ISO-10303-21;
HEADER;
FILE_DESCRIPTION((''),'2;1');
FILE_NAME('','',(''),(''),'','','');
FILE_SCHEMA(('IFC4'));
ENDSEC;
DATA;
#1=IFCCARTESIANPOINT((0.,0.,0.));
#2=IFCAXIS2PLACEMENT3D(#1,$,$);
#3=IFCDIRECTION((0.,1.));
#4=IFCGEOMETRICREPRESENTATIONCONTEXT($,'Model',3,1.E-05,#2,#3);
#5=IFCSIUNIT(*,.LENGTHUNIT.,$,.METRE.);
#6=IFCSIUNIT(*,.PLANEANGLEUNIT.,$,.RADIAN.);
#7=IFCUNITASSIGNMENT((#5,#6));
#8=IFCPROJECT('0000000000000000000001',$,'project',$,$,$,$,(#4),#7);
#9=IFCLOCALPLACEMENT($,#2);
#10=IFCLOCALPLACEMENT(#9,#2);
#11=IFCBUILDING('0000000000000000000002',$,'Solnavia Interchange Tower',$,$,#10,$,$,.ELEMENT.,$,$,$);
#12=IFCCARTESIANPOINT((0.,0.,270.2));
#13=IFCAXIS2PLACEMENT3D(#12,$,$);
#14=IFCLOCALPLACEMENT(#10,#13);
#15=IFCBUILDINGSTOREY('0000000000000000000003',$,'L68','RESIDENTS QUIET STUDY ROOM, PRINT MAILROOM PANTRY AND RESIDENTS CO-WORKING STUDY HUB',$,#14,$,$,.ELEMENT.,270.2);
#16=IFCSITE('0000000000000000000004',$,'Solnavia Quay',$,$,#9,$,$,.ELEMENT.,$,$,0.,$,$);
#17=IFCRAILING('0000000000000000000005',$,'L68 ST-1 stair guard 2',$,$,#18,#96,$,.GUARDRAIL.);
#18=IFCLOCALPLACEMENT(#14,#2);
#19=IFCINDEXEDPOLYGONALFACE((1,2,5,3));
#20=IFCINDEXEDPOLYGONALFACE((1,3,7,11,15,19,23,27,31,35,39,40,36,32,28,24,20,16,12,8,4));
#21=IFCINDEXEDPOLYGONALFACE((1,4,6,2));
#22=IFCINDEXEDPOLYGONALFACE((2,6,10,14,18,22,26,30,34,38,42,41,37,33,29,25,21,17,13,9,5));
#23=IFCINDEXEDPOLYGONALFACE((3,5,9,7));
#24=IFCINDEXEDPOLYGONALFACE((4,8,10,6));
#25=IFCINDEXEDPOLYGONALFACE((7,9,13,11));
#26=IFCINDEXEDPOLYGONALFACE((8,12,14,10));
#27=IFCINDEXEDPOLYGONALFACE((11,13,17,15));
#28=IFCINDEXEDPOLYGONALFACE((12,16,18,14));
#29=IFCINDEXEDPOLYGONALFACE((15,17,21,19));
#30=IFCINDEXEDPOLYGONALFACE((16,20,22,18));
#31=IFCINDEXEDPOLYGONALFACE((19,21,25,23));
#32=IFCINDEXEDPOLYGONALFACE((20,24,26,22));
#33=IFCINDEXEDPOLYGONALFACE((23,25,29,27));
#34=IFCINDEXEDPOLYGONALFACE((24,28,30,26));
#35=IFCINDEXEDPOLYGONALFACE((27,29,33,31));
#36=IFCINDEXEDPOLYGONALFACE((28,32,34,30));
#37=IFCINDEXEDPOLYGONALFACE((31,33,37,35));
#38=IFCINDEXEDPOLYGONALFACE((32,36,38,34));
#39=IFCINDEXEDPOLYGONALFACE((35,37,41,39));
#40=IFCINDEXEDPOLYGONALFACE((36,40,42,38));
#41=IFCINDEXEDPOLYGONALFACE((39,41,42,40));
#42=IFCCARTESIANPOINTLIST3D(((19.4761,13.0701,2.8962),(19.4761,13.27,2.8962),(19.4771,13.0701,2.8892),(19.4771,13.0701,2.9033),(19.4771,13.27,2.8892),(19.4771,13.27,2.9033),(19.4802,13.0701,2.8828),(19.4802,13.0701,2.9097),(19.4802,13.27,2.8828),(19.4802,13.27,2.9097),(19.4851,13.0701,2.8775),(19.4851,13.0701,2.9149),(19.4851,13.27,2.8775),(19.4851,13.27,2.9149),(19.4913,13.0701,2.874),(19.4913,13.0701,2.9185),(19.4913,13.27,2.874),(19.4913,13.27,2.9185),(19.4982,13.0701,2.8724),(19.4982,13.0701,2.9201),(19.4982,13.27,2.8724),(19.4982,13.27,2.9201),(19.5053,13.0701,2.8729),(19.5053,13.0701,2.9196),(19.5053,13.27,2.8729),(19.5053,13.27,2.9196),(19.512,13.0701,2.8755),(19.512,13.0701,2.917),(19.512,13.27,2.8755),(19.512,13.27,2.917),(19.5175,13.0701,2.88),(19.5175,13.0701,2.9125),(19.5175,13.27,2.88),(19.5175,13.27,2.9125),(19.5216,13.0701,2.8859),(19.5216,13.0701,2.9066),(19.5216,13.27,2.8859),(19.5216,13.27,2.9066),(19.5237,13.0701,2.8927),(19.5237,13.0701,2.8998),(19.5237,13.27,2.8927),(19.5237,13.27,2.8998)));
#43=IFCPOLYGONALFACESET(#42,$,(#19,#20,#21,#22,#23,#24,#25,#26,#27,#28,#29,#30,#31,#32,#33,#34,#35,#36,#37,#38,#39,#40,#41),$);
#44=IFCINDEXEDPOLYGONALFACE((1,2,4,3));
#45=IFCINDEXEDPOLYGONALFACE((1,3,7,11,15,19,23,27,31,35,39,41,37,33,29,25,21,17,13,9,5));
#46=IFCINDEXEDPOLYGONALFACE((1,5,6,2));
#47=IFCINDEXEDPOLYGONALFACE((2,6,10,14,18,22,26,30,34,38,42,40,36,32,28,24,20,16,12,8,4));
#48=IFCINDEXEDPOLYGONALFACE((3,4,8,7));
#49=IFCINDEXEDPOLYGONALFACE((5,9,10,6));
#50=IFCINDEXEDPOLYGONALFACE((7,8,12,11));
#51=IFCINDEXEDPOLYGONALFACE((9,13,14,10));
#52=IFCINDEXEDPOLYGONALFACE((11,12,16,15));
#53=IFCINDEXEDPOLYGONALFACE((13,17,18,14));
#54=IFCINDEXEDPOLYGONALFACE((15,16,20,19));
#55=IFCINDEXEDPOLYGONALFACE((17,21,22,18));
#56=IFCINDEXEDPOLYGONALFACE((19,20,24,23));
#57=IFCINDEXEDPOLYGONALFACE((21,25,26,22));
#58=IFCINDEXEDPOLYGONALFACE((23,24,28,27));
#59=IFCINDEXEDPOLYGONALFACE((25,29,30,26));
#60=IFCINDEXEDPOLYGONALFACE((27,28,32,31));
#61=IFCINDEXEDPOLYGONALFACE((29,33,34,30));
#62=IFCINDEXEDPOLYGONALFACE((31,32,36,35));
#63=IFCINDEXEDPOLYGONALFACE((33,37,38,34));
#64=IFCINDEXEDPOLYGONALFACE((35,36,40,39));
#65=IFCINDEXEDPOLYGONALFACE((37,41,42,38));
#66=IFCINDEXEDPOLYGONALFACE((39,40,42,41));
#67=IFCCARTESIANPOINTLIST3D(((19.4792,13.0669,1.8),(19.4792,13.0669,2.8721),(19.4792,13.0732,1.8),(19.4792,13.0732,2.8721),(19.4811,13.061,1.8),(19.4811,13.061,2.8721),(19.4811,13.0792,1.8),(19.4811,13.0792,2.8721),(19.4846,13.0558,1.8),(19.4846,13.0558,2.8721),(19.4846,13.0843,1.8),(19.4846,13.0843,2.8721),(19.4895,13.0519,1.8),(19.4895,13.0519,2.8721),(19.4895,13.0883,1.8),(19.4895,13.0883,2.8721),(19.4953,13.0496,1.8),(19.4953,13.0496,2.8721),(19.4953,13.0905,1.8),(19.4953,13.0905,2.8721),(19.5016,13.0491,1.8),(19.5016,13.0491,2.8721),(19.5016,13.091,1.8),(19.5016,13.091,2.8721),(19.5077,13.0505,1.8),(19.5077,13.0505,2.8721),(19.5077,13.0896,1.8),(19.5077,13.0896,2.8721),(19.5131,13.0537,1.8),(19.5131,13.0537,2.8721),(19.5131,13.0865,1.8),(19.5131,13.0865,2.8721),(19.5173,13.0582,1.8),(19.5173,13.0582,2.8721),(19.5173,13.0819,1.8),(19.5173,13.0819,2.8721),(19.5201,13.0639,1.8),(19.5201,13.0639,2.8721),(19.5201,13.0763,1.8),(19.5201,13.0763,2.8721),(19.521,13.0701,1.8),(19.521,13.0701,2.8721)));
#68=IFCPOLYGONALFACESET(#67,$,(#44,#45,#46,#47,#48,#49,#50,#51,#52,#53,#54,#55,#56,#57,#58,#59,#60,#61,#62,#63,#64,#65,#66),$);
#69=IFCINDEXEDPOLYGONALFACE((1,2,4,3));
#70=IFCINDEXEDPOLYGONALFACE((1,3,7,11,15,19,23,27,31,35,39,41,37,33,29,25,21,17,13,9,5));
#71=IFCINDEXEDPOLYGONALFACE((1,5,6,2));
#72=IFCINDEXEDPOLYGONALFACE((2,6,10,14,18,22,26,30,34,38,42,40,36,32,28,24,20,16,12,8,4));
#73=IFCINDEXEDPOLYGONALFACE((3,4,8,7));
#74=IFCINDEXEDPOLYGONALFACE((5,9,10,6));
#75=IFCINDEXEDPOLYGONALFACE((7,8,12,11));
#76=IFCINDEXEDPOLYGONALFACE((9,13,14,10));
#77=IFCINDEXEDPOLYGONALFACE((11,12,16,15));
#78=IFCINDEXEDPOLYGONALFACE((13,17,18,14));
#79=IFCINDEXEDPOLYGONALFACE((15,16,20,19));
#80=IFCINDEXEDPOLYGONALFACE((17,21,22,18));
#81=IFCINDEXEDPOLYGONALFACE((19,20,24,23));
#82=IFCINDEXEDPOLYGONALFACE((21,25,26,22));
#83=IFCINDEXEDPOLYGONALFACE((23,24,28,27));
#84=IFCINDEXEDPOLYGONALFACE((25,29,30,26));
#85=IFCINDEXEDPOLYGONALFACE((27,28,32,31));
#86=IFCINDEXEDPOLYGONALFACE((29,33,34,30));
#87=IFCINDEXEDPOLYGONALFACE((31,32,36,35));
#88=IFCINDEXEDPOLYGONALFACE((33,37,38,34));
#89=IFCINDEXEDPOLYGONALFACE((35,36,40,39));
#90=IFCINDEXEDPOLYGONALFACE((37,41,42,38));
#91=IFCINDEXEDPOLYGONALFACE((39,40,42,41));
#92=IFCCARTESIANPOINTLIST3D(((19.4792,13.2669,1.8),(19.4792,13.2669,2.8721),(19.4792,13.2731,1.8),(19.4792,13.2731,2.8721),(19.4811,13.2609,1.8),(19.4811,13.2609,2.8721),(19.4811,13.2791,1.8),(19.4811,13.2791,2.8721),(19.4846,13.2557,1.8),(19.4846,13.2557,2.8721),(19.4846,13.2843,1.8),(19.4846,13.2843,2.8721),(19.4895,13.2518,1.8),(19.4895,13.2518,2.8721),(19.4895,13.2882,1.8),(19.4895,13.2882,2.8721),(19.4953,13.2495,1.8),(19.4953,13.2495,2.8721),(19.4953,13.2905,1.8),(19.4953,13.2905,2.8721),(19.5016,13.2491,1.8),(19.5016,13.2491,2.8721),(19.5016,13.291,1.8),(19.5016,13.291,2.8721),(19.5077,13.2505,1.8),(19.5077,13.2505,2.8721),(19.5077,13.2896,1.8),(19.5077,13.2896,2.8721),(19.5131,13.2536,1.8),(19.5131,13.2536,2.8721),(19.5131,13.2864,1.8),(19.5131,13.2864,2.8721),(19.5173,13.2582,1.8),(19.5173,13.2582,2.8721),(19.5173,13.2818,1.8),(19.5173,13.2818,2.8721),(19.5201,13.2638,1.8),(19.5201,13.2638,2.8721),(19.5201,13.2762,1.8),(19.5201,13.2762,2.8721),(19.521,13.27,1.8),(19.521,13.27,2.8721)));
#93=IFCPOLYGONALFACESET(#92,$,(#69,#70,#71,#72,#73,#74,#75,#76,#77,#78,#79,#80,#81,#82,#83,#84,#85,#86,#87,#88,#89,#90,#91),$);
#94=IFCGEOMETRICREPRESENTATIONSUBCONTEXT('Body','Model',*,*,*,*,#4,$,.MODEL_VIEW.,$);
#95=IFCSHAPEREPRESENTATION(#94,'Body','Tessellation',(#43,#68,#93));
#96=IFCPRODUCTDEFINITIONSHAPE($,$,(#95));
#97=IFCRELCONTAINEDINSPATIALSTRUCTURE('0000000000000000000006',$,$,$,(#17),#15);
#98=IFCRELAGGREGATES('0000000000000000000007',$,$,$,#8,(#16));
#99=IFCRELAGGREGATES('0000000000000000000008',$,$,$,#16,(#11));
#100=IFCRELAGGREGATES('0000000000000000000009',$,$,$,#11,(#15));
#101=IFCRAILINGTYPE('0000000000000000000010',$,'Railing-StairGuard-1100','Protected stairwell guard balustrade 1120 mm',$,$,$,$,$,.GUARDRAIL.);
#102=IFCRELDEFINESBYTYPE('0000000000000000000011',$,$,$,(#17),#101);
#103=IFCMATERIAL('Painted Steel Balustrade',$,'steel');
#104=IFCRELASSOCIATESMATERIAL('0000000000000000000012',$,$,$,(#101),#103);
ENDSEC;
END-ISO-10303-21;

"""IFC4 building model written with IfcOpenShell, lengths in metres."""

from ifc_helpers import new_model, si_unit, direction, frame, origin, origin_2d, place, context, subcontext, project, spatial, circle, extrude, material, type_object, element, save


model = new_model("IFC4")

# Units and contexts
model_context = context("Model", 3, precision=1e-05, world=origin(), true_north=direction((0.0, 1.0)))
body_context = subcontext(model_context, "Body", "Model", "MODEL_VIEW")
ifc_project = project(units=[si_unit("LENGTHUNIT", "METRE"), si_unit("PLANEANGLEUNIT", "RADIAN")], contexts=[model_context])

# Site, building, storey
site_placement = place(None, origin())
site = spatial("IfcSite", under=ifc_project, at=site_placement, Name="Solnavia Quay", CompositionType="ELEMENT", RefElevation=0.0)
building_placement = place(site_placement, origin())
building = spatial("IfcBuilding", under=site, at=building_placement, Name="Solnavia Interchange Tower", CompositionType="ELEMENT")
storey_placement = place(building_placement, frame((0.0, 0.0, 270.2)))
storey = spatial("IfcBuildingStorey", under=building, at=storey_placement, Name="L68", Description="RESIDENTS QUIET STUDY ROOM, PRINT MAILROOM PANTRY AND RESIDENTS CO-WORKING STUDY HUB", CompositionType="ELEMENT", Elevation=270.2)

# Railing
ifc_material_1 = material(Name="Painted Steel Balustrade", Category="steel")
railing_type_1 = type_object("IfcRailingType", Name="Railing-StairGuard-1100", Description="Protected stairwell guard balustrade 1120 mm", PredefinedType="GUARDRAIL", material=ifc_material_1)
railing_1_placement = place(storey_placement, frame((19.5, 13.0701, 1.8)))
element("IfcRailing", 1, at=railing_1_placement, inside=storey, type_object=railing_type_1, Name="L68 ST-1 stair guard 2", PredefinedType="GUARDRAIL", context=body_context, shape_type="SweptSolid", body=[
    extrude(circle(Radius=0.0239, at=origin_2d()), frame((0.0, 0.0, 1.0962), z_axis=(0.0, 1.0, 0.0), x_axis=(-1.0, 0.0, 0.0)), (0.0, 0.0, 1.0), 0.2),
    extrude(circle(Radius=0.021, at=origin_2d()), origin(), (0.0, 0.0, 1.0), 1.072),
    extrude(circle(Radius=0.021, at=origin_2d()), frame((0.0, 0.2, 0.0)), (0.0, 0.0, 1.0), 1.072),
])

save(model, "model.ifc")
